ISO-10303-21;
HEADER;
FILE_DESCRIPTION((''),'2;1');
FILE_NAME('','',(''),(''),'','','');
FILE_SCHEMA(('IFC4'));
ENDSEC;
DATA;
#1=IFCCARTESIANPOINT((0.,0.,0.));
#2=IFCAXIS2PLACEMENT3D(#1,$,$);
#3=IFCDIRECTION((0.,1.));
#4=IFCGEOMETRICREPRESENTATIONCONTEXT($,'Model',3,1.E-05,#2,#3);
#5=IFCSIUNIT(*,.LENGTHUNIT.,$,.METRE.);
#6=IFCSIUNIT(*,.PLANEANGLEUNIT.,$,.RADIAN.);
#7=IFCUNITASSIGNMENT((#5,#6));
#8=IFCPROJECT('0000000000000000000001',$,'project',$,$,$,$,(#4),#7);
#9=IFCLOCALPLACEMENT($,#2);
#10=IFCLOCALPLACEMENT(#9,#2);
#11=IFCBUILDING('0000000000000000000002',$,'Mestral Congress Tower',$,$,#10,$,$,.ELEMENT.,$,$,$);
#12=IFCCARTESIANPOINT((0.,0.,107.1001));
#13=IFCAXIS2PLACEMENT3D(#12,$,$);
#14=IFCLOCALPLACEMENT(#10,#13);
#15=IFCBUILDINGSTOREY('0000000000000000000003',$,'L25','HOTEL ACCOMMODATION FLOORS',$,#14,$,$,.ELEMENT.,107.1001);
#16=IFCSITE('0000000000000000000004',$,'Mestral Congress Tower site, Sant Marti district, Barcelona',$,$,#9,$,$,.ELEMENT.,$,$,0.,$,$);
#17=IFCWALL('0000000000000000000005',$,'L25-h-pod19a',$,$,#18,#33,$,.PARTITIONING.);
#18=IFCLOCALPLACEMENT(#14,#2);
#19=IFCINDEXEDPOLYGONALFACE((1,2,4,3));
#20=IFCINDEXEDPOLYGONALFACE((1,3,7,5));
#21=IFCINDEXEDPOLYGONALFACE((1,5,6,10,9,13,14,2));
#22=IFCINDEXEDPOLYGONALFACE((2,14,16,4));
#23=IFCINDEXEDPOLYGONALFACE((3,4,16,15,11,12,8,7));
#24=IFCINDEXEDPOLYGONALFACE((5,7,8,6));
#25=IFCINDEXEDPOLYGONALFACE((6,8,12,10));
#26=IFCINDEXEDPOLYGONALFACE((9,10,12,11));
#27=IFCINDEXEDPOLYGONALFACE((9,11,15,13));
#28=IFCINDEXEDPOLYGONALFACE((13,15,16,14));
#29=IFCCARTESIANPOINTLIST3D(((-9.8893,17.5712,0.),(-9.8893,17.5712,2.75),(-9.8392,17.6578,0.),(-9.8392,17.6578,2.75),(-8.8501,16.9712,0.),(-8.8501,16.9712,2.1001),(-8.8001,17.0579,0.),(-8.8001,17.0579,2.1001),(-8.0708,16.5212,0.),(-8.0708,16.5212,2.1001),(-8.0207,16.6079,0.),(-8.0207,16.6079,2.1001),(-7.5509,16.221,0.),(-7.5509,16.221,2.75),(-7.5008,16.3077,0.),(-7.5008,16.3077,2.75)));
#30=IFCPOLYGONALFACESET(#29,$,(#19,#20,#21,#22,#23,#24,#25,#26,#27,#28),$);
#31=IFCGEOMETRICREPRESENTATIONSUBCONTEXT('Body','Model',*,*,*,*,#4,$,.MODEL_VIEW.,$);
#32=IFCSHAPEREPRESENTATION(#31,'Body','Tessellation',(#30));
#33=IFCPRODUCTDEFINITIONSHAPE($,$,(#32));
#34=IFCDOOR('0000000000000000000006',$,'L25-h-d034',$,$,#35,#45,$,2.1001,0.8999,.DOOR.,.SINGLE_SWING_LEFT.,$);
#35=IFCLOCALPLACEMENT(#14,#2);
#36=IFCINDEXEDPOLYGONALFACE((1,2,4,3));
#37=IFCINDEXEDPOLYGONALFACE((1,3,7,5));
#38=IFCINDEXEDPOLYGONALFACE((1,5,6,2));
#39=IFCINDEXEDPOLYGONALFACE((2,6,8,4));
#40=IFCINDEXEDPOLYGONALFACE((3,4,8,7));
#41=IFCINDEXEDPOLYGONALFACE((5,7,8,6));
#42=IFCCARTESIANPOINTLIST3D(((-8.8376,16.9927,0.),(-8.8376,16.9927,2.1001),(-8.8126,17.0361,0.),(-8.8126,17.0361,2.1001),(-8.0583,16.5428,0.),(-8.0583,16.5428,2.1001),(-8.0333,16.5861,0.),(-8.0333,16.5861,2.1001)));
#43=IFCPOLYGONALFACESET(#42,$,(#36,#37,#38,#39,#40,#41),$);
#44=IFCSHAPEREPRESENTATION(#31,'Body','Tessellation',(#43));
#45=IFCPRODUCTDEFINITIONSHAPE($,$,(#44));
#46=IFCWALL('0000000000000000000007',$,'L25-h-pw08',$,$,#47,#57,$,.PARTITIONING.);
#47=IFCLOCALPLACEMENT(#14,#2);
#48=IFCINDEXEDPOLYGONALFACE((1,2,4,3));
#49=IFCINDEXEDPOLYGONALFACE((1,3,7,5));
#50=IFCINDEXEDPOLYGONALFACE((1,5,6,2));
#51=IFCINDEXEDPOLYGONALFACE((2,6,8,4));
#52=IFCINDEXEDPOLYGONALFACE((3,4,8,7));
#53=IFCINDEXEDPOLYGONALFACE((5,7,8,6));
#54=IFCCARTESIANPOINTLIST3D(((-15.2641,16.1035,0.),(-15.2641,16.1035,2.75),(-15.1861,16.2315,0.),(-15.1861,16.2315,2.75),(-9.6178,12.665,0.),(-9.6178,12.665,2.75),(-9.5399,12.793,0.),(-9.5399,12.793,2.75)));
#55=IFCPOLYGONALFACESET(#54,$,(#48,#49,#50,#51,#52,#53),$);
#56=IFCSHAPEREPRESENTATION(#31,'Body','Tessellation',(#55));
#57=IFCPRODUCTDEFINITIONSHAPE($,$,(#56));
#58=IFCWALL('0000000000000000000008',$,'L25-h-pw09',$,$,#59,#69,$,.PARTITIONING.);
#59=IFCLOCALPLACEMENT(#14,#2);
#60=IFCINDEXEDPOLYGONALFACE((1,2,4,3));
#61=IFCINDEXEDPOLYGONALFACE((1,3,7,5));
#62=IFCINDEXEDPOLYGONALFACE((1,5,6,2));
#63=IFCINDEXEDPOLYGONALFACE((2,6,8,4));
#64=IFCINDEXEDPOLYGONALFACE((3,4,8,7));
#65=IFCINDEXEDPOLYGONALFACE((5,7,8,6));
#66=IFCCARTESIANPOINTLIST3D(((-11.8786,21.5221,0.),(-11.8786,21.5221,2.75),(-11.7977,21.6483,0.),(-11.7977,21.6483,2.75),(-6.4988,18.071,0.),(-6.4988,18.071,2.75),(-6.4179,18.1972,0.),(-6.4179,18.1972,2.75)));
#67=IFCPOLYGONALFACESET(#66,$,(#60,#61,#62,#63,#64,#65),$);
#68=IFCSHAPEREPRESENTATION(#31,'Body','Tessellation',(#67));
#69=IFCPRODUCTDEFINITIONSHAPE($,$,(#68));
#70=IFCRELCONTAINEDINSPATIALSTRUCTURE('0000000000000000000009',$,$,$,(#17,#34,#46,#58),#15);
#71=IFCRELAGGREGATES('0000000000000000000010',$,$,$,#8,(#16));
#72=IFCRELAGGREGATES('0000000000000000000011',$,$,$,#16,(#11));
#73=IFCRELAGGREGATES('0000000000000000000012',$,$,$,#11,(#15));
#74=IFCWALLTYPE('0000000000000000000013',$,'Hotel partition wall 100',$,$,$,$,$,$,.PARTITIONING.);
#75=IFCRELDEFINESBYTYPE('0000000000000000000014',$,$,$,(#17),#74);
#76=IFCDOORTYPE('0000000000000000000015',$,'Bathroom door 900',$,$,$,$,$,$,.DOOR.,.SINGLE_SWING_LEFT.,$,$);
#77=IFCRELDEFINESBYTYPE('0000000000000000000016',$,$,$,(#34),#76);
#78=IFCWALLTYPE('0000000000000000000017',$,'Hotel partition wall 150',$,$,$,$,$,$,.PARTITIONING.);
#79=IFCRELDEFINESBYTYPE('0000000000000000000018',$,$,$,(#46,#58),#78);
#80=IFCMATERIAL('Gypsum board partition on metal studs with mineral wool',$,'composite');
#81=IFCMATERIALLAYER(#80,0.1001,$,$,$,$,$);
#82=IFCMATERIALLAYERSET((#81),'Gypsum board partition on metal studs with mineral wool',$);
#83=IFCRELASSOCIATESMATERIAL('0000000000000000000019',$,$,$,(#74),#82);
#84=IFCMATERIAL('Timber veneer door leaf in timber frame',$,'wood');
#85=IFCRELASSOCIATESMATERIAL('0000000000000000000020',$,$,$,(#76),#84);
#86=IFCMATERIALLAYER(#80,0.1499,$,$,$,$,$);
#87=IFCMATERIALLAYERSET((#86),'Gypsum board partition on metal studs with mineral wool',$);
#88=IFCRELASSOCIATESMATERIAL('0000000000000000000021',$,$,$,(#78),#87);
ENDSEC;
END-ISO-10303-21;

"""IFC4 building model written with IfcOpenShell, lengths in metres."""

from ifc_helpers import new_model, si_unit, direction, frame, frame_2d, origin, place, context, subcontext, project, spatial, rectangle, extrude, material, layer, layer_set, type_object, element, fill, save


model = new_model("IFC4")

# Units and contexts
model_context = context("Model", 3, precision=1e-05, world=origin(), true_north=direction((0.0, 1.0)))
body_context = subcontext(model_context, "Body", "Model", "MODEL_VIEW")
ifc_project = project(units=[si_unit("LENGTHUNIT", "METRE"), si_unit("PLANEANGLEUNIT", "RADIAN")], contexts=[model_context])

# Site, building, storey
site_placement = place(None, origin())
site = spatial("IfcSite", under=ifc_project, at=site_placement, Name="Mestral Congress Tower site, Sant Marti district, Barcelona", CompositionType="ELEMENT", RefElevation=0.0)
building_placement = place(site_placement, origin())
building = spatial("IfcBuilding", under=site, at=building_placement, Name="Mestral Congress Tower", CompositionType="ELEMENT")
storey_placement = place(building_placement, frame((0.0, 0.0, 107.1001)))
storey = spatial("IfcBuildingStorey", under=building, at=storey_placement, Name="L25", Description="HOTEL ACCOMMODATION FLOORS", CompositionType="ELEMENT", Elevation=107.1001)

# Wall, opening, door
ifc_material_1 = material(Name="Gypsum board partition on metal studs with mineral wool", Category="composite")
ifc_layer_1 = layer(ifc_material_1, 0.1001)
ifc_layer_set_1 = layer_set([ifc_layer_1], Name="Gypsum board partition on metal studs with mineral wool")
wall_type_1 = type_object("IfcWallType", Name="Hotel partition wall 100", PredefinedType="PARTITIONING", material=ifc_layer_set_1)
wall_1_placement = place(storey_placement, frame((-9.8643, 17.6145, 0.0), z_axis=(0.0, 0.0, 1.0), x_axis=(0.86602, -0.500009, 0.0)))
wall_1 = element("IfcWall", 1, at=wall_1_placement, inside=storey, type_object=wall_type_1, Name="L25-h-pod19a", PredefinedType="PARTITIONING", context=body_context, shape_type="SweptSolid", body=[
    extrude(rectangle(XDim=2.7002, YDim=0.1001, at=frame_2d((1.3501, 0.0))), origin(), (0.0, 0.0, 1.0), 2.75),
])
opening_1_placement = place(wall_1_placement, frame((1.2, 0.0, 0.0)))
opening_1 = element("IfcOpeningElement", 2, at=opening_1_placement, cuts=wall_1, PredefinedType="OPENING", context=body_context, shape_type="SweptSolid", body=[
    extrude(rectangle(XDim=0.8999, YDim=2.1001, at=frame_2d((0.45, 1.05))), frame((0.0, 0.0601, 0.0), z_axis=(0.0, -1.0, 0.0), x_axis=(1.0, 0.0, 0.0)), (0.0, 0.0, 1.0), 0.1201),
])
ifc_material_2 = material(Name="Timber veneer door leaf in timber frame", Category="wood")
door_type = type_object("IfcDoorType", Name="Bathroom door 900", OperationType="SINGLE_SWING_LEFT", PredefinedType="DOOR", material=ifc_material_2)
door_placement = place(opening_1_placement, origin())
door = element("IfcDoor", 3, at=door_placement, inside=storey, type_object=door_type, Name="L25-h-d034", OperationType="SINGLE_SWING_LEFT", OverallHeight=2.1001, OverallWidth=0.8999, PredefinedType="DOOR", context=body_context, shape_type="SweptSolid", body=[
    extrude(rectangle(XDim=0.8999, YDim=2.1001, at=frame_2d((0.45, 1.05))), frame((0.0, 0.0249, 0.0), z_axis=(0.0, -1.0, 0.0), x_axis=(1.0, 0.0, 0.0)), (0.0, 0.0, 1.0), 0.05),
])
fill(opening_1, door)

# Walls
ifc_layer_2 = layer(ifc_material_1, 0.1499)
ifc_layer_set_2 = layer_set([ifc_layer_2], Name="Gypsum board partition on metal studs with mineral wool")
wall_type_2 = type_object("IfcWallType", Name="Hotel partition wall 150", PredefinedType="PARTITIONING", material=ifc_layer_set_2)
wall_2_placement = place(storey_placement, frame((-15.2251, 16.1675, 0.0), z_axis=(0.0, 0.0, 1.0), x_axis=(0.854089, -0.520127, 0.0)))
element("IfcWall", 4, at=wall_2_placement, inside=storey, type_object=wall_type_2, Name="L25-h-pw08", PredefinedType="PARTITIONING", context=body_context, shape_type="SweptSolid", body=[
    extrude(rectangle(XDim=6.6108, YDim=0.1499, at=frame_2d((3.3054, 0.0))), origin(), (0.0, 0.0, 1.0), 2.75),
])
wall_3_placement = place(storey_placement, frame((-11.8381, 21.5852, 0.0), z_axis=(0.0, 0.0, 1.0), x_axis=(0.841699, -0.539947, 0.0)))
element("IfcWall", 5, at=wall_3_placement, inside=storey, type_object=wall_type_2, Name="L25-h-pw09", PredefinedType="PARTITIONING", context=body_context, shape_type="SweptSolid", body=[
    extrude(rectangle(XDim=6.3916, YDim=0.1499, at=frame_2d((3.1958, 0.0))), origin(), (0.0, 0.0, 1.0), 2.75),
])

save(model, "model.ifc")
